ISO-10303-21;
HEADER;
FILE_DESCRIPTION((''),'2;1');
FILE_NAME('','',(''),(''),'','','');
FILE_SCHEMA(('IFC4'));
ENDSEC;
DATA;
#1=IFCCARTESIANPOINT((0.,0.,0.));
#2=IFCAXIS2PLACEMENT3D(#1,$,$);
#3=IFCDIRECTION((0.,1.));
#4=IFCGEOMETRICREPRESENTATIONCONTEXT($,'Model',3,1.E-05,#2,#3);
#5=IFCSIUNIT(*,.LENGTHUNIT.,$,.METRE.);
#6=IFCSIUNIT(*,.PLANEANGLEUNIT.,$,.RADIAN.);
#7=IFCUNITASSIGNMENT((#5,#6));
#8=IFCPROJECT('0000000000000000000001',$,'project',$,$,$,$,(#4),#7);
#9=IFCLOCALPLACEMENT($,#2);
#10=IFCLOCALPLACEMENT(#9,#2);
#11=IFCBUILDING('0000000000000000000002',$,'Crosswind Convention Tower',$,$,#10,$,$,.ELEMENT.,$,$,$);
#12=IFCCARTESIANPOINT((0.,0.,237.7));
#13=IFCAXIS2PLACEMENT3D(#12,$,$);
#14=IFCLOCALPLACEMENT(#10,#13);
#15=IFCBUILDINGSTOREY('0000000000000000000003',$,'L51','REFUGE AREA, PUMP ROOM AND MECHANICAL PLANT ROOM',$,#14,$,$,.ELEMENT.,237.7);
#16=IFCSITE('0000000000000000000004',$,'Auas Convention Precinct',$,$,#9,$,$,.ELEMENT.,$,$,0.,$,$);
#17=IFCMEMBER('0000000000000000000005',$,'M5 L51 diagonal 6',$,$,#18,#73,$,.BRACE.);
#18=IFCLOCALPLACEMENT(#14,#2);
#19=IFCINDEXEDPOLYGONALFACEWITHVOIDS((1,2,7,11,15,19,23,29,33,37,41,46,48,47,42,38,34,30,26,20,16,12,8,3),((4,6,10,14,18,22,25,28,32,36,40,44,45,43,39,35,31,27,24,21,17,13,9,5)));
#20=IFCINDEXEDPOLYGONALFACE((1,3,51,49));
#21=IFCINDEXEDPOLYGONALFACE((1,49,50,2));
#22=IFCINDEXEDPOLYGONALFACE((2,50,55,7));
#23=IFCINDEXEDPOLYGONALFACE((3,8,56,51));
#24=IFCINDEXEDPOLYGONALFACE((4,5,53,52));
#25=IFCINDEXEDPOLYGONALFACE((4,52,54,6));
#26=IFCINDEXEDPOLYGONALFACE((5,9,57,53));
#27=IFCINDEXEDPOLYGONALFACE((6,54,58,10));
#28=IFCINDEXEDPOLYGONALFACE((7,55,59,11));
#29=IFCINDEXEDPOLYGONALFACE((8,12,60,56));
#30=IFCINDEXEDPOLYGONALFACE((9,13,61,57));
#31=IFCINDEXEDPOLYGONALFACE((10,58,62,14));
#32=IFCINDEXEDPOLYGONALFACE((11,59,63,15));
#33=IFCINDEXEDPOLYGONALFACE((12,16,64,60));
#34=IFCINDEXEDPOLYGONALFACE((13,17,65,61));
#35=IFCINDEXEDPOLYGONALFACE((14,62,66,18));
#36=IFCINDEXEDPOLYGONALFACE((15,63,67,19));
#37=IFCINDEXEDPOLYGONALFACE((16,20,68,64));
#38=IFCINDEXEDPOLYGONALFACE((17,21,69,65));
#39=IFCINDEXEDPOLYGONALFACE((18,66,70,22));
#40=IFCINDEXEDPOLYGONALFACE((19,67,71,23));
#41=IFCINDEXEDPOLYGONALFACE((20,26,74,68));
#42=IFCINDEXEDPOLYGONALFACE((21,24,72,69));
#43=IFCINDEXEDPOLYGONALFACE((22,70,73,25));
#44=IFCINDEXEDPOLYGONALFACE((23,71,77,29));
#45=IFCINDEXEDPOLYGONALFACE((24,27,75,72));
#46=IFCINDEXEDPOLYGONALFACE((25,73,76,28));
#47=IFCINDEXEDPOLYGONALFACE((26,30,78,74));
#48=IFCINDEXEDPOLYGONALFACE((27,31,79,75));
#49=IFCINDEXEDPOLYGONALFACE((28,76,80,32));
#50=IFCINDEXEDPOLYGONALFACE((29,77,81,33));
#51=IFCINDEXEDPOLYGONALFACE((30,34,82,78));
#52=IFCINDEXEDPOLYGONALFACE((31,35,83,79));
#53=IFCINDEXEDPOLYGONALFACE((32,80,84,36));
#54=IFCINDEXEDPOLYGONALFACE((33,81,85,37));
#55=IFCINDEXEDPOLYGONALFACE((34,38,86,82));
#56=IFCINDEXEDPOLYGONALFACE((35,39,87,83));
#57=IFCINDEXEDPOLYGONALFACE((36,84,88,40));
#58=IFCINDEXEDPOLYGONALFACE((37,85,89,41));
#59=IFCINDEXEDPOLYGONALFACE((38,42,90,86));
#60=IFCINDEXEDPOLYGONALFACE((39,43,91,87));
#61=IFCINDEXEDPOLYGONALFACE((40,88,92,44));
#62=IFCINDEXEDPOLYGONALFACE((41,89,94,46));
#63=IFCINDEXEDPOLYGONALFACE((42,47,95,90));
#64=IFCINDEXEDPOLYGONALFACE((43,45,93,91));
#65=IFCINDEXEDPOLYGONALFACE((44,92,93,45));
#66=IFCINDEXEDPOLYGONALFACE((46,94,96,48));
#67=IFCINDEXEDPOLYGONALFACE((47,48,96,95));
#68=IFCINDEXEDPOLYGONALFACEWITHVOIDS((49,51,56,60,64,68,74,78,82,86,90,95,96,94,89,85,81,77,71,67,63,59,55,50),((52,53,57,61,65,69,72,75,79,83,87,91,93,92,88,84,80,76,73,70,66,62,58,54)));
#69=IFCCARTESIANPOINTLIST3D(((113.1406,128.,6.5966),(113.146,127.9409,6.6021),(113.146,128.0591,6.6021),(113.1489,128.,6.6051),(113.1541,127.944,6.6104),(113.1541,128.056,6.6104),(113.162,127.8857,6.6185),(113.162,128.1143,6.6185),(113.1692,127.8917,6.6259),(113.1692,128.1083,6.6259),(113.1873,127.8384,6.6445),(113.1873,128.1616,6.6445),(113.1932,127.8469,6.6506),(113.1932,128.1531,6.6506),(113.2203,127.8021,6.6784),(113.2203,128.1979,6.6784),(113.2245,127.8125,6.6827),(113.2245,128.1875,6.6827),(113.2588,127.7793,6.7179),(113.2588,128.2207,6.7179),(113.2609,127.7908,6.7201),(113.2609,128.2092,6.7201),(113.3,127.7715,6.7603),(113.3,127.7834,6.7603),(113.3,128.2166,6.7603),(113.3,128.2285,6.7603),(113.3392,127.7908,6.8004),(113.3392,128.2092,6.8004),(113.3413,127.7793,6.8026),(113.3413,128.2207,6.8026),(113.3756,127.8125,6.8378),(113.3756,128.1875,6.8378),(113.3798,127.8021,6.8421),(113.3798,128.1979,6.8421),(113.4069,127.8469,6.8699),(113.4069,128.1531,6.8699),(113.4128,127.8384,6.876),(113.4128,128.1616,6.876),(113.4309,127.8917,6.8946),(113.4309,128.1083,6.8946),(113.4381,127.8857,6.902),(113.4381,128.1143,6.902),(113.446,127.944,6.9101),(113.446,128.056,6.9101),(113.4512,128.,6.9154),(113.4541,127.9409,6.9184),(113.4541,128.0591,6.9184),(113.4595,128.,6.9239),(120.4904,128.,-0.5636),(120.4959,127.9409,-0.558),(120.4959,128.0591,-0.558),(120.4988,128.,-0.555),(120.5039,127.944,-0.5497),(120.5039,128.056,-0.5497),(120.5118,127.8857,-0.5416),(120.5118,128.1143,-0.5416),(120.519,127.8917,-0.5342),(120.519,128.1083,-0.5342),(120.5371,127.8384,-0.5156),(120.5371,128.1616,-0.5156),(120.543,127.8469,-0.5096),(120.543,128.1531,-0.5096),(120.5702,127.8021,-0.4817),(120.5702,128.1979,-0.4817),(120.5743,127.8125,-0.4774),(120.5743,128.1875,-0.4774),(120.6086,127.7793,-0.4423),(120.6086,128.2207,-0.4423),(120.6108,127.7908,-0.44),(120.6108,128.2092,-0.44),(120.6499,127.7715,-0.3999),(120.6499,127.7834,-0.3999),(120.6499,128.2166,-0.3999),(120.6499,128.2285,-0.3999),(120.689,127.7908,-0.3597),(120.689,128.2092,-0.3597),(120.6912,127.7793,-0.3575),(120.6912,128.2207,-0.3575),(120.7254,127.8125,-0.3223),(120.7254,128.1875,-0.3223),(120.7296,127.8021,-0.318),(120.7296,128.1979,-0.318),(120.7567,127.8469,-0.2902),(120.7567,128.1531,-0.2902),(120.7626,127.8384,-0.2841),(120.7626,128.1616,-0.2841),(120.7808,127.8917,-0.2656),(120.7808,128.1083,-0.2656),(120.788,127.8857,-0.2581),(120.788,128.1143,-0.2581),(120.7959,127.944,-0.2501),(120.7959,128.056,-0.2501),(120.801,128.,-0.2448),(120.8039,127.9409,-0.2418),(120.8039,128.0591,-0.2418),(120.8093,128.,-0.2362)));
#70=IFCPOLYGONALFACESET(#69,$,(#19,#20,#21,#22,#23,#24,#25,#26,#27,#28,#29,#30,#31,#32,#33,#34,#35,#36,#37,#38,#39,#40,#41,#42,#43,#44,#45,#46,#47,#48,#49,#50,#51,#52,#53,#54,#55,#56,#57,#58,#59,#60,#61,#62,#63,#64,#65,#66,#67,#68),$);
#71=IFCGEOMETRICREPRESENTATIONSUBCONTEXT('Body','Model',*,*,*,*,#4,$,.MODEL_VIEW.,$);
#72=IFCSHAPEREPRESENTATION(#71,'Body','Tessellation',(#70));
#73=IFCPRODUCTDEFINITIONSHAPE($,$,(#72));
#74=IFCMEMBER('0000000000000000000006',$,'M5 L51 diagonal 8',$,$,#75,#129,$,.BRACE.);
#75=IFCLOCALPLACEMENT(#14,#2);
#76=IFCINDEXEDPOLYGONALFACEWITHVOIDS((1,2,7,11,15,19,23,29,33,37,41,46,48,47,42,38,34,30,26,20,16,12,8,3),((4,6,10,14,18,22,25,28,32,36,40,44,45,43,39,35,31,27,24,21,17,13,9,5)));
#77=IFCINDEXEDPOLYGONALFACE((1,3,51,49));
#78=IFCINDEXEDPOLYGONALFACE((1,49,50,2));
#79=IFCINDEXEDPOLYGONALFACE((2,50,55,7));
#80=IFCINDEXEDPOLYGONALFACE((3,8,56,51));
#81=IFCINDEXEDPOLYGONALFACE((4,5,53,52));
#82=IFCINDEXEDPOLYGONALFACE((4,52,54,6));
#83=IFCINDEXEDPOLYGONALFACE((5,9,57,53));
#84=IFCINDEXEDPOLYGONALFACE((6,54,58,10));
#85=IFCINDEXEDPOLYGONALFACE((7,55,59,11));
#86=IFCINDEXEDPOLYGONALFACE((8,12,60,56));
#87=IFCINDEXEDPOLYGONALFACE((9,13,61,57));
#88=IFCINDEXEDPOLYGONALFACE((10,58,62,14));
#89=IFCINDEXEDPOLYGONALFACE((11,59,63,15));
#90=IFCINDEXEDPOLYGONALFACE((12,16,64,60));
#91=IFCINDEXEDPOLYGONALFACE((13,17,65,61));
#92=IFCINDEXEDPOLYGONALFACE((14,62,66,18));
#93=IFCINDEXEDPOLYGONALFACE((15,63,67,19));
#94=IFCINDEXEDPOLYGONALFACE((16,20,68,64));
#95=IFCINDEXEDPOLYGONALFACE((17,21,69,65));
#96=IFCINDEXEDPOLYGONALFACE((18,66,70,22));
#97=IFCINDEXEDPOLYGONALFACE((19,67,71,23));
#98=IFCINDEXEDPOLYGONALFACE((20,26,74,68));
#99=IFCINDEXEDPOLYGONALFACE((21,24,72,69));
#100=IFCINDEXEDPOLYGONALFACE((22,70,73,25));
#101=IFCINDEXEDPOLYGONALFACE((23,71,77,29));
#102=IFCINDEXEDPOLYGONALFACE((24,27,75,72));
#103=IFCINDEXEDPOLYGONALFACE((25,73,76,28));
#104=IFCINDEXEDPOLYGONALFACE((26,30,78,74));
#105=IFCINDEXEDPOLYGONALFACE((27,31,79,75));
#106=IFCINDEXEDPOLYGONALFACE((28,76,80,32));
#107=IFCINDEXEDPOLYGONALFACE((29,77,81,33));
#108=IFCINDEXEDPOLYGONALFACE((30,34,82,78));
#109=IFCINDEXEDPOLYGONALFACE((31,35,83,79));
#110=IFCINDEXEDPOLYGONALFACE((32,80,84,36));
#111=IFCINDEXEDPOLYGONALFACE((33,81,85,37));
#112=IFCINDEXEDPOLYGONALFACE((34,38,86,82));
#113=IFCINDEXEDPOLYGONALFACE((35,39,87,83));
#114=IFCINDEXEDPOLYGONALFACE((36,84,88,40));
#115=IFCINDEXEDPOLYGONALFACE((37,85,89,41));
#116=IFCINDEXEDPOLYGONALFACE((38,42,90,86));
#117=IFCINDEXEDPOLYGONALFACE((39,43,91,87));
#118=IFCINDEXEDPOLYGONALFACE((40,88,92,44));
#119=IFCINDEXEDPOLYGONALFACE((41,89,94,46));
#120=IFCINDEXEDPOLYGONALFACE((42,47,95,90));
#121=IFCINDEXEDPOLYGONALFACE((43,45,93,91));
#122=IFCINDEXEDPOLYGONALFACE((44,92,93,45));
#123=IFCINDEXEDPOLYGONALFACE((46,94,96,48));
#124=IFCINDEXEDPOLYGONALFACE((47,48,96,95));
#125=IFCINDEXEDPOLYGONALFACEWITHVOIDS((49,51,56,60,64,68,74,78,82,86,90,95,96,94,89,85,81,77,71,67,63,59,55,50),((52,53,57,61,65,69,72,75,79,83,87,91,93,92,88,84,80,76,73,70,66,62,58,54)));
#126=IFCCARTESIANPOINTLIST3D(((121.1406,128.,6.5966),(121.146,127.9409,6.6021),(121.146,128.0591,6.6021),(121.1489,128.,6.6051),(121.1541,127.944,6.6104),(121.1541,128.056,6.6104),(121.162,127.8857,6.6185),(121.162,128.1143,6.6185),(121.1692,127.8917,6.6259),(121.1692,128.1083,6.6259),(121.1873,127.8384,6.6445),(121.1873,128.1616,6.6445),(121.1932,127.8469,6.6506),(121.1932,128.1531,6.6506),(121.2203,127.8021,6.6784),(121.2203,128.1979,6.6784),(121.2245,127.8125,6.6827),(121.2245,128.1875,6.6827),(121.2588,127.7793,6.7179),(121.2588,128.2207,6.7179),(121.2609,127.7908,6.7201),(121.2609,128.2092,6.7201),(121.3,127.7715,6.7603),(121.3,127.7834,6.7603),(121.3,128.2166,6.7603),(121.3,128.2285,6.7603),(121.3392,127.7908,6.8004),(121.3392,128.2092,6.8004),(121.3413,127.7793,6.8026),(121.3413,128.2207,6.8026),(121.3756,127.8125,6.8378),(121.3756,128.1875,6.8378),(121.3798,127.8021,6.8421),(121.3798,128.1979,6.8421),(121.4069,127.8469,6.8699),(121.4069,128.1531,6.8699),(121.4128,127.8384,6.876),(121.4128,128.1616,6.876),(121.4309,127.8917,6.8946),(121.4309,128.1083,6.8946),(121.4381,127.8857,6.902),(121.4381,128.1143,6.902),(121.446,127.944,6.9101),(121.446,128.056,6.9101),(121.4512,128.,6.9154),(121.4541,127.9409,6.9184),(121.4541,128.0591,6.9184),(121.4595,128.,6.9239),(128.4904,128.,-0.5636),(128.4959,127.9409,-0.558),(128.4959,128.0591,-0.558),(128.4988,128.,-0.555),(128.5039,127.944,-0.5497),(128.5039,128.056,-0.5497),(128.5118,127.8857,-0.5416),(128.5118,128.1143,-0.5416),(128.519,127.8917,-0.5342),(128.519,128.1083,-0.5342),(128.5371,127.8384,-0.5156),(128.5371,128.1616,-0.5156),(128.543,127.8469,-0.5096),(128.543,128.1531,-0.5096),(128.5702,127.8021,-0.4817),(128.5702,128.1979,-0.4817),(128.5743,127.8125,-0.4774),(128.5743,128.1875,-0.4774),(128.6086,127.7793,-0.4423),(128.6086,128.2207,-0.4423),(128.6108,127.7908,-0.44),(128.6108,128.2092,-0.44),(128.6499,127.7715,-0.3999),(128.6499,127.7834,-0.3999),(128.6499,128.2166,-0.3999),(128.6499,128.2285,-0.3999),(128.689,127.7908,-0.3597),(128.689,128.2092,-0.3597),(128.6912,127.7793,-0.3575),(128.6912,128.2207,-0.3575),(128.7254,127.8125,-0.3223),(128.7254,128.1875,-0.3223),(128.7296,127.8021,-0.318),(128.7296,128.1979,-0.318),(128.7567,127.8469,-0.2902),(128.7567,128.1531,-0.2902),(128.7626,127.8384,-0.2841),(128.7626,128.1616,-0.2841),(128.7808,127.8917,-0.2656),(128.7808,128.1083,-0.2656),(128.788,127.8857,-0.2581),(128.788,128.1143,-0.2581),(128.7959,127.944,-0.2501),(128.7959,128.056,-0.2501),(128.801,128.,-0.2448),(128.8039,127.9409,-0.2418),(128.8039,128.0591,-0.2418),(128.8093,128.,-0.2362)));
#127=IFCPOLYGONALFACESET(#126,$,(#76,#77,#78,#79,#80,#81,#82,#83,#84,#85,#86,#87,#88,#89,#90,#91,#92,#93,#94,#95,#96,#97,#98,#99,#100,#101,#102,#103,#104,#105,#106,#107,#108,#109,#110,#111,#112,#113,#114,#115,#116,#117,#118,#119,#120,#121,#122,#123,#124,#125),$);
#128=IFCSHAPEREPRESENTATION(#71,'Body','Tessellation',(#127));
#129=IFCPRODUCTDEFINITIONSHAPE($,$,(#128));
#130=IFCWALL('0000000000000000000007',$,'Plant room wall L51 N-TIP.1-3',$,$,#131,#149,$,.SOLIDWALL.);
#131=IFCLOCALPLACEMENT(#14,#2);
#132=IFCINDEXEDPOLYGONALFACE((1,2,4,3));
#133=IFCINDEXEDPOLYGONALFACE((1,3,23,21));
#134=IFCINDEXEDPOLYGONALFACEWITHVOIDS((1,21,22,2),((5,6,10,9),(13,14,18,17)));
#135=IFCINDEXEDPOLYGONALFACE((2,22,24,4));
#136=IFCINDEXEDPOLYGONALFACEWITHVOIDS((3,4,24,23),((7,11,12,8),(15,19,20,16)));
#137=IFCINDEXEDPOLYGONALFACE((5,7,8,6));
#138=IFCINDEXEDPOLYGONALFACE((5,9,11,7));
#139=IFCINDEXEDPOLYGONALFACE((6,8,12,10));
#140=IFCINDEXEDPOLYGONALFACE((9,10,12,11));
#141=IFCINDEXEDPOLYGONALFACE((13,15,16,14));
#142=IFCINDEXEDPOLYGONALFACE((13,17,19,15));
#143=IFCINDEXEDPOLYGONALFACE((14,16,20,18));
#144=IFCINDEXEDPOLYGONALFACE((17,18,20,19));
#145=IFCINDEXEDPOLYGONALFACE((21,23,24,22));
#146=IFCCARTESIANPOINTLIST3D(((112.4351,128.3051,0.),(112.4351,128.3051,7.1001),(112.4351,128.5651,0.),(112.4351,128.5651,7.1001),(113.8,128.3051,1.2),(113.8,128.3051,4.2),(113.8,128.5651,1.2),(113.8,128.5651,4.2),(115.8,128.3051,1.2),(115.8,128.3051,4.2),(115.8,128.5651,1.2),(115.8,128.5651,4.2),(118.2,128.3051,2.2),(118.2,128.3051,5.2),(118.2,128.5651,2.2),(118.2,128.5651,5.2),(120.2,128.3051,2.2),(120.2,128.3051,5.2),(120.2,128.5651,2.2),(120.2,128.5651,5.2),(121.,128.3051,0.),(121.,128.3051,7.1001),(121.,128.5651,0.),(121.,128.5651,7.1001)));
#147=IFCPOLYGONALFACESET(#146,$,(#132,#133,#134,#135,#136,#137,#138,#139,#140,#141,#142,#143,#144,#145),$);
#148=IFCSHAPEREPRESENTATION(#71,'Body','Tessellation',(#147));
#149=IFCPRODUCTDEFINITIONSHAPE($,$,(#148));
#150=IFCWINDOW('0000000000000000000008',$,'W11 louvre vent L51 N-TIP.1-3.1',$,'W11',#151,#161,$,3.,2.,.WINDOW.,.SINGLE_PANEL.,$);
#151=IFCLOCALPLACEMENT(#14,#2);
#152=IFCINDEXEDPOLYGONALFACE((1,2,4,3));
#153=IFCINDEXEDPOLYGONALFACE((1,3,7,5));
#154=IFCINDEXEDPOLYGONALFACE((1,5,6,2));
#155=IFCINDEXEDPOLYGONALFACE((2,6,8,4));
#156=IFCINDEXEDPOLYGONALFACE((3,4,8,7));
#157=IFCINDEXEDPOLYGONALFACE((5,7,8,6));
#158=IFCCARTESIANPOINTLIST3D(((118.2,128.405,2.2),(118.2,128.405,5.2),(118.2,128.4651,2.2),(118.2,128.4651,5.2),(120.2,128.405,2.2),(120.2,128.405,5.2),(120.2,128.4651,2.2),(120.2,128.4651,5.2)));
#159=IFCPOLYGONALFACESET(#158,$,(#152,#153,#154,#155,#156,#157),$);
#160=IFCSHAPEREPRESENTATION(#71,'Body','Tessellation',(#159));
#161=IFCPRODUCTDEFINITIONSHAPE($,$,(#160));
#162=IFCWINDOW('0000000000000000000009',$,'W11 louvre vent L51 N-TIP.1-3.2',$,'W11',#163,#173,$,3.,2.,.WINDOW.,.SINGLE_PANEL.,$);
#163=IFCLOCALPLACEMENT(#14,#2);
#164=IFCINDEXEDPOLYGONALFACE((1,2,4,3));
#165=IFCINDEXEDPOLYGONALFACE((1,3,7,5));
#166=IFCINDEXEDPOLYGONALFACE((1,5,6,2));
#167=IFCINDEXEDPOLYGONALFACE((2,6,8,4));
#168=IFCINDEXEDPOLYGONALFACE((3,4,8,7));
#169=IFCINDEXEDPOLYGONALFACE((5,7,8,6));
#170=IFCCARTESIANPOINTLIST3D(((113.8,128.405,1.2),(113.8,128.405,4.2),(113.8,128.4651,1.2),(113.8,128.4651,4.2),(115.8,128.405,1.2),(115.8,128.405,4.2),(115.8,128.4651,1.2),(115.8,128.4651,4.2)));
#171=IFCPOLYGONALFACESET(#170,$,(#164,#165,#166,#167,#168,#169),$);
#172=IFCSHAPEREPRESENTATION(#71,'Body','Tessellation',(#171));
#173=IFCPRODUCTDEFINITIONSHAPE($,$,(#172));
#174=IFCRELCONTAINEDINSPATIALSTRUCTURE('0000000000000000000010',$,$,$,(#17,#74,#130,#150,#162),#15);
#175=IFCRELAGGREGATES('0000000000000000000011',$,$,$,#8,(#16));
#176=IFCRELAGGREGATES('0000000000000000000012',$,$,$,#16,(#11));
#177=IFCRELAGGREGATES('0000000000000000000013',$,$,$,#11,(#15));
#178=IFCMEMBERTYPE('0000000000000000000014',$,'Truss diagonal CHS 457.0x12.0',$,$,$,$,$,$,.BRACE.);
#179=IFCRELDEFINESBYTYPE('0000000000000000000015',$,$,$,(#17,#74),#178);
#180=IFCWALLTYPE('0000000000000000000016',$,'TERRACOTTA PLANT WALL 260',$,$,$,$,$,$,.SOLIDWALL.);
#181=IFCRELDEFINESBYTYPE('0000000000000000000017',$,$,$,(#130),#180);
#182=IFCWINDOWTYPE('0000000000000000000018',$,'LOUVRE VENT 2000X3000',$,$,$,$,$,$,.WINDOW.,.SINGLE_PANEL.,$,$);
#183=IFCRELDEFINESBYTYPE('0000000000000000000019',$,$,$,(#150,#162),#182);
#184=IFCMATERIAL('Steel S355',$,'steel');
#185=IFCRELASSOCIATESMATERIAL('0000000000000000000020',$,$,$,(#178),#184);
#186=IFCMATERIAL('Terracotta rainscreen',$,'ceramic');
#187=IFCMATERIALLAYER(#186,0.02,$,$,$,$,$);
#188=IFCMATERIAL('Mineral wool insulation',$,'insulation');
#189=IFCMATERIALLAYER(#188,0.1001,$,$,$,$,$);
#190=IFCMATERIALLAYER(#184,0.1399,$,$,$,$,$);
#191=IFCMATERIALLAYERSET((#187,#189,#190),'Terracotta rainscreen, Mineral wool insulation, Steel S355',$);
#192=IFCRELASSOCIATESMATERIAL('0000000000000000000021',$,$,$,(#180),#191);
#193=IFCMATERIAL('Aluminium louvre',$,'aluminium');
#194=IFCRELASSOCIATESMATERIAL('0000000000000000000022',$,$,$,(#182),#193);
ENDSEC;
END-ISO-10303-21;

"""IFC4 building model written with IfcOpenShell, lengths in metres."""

from ifc_helpers import new_model, si_unit, direction, frame, frame_2d, origin, origin_2d, place, context, subcontext, project, spatial, rectangle, hollow_circle, extrude, material, layer, layer_set, material_profile, profile_set, type_object, element, fill, save


model = new_model("IFC4")

# Units and contexts
model_context = context("Model", 3, precision=1e-05, world=origin(), true_north=direction((0.0, 1.0)))
body_context = subcontext(model_context, "Body", "Model", "MODEL_VIEW")
ifc_project = project(units=[si_unit("LENGTHUNIT", "METRE"), si_unit("PLANEANGLEUNIT", "RADIAN")], contexts=[model_context])

# Site, building, storey
site_placement = place(None, origin())
site = spatial("IfcSite", under=ifc_project, at=site_placement, Name="Auas Convention Precinct", CompositionType="ELEMENT", RefElevation=0.0)
building_placement = place(site_placement, origin())
building = spatial("IfcBuilding", under=site, at=building_placement, Name="Crosswind Convention Tower", CompositionType="ELEMENT")
storey_placement = place(building_placement, frame((0.0, 0.0, 237.7)))
storey = spatial("IfcBuildingStorey", under=building, at=storey_placement, Name="L51", Description="REFUGE AREA, PUMP ROOM AND MECHANICAL PLANT ROOM", CompositionType="ELEMENT", Elevation=237.7)

# Members
ifc_material_1 = material(Name="Steel S355", Category="steel")
ifc_material_profile_1 = material_profile(ifc_material_1, hollow_circle(Radius=0.2285, WallThickness=0.012, at=origin_2d()), Name="CHS 457.0x12.0")
ifc_profile_set_1 = profile_set([ifc_material_profile_1], Name="Steel S355")
member_type_1 = type_object("IfcMemberType", Name="Truss diagonal CHS 457.0x12.0", PredefinedType="BRACE", material=ifc_profile_set_1)
for number, where, z_axis, x_axis, name in (
    (1, (113.3, 128.0, 6.7603), (0.71629, 0.0, -0.697803), (0.0, 1.0, 0.0), "M5 L51 diagonal 6"),
    (2, (121.3, 128.0, 6.7603), (0.71629, 0.0, -0.697803), (0.0, 1.0, 0.0), "M5 L51 diagonal 8"),
):
    element("IfcMember", number, at=place(storey_placement, frame(where, z_axis=z_axis, x_axis=x_axis)), inside=storey, type_object=member_type_1, Name=name, PredefinedType="BRACE", context=body_context, shape_type="SweptSolid", body=[
        extrude(hollow_circle(Radius=0.2285, WallThickness=0.012, at=origin_2d()), origin(), (0.0, 0.0, 1.0), 10.261),
    ])

# Wall, openings, windows
ifc_material_2 = material(Name="Terracotta rainscreen", Category="ceramic")
ifc_layer_1 = layer(ifc_material_2, 0.02)
ifc_material_3 = material(Name="Mineral wool insulation", Category="insulation")
ifc_layer_2 = layer(ifc_material_3, 0.1001)
ifc_layer_3 = layer(ifc_material_1, 0.1399)
ifc_layer_set_1 = layer_set([ifc_layer_1, ifc_layer_2, ifc_layer_3], Name="Terracotta rainscreen, Mineral wool insulation, Steel S355")
wall_type = type_object("IfcWallType", Name="TERRACOTTA PLANT WALL 260", PredefinedType="SOLIDWALL", material=ifc_layer_set_1)
wall_1_placement = place(storey_placement, frame((121.0, 128.4351, 0.0), z_axis=(0.0, 0.0, 1.0), x_axis=(-1.0, 0.0, 0.0)))
wall_1 = element("IfcWall", 3, at=wall_1_placement, inside=storey, type_object=wall_type, Name="Plant room wall L51 N-TIP.1-3", PredefinedType="SOLIDWALL", context=body_context, shape_type="SweptSolid", body=[
    extrude(rectangle(XDim=8.5649, YDim=0.26, at=frame_2d((4.2825, 0.0))), origin(), (0.0, 0.0, 1.0), 7.1001),
])
opening_1_placement = place(wall_1_placement, frame((0.8, 0.0, 2.2)))
opening_1 = element("IfcOpeningElement", 4, at=opening_1_placement, cuts=wall_1, PredefinedType="OPENING", context=body_context, shape_type="SweptSolid", body=[
    extrude(rectangle(XDim=2.0, YDim=3.0, at=frame_2d((1.0, 1.5))), frame((0.0, 0.1399, 0.0), z_axis=(0.0, -1.0, 0.0), x_axis=(1.0, 0.0, 0.0)), (0.0, 0.0, 1.0), 0.28),
])
opening_2_placement = place(wall_1_placement, frame((5.2, 0.0, 1.2)))
opening_2 = element("IfcOpeningElement", 5, at=opening_2_placement, cuts=wall_1, PredefinedType="OPENING", context=body_context, shape_type="SweptSolid", body=[
    extrude(rectangle(XDim=2.0, YDim=3.0, at=frame_2d((1.0, 1.5))), frame((0.0, 0.1399, 0.0), z_axis=(0.0, -1.0, 0.0), x_axis=(1.0, 0.0, 0.0)), (0.0, 0.0, 1.0), 0.28),
])
ifc_material_4 = material(Name="Aluminium louvre", Category="aluminium")
window_type = type_object("IfcWindowType", Name="LOUVRE VENT 2000X3000", PartitioningType="SINGLE_PANEL", PredefinedType="WINDOW", material=ifc_material_4)
window_1_placement = place(opening_1_placement, origin())
window_1 = element("IfcWindow", 6, at=window_1_placement, inside=storey, type_object=window_type, Name="W11 louvre vent L51 N-TIP.1-3.1", ObjectType="W11", OverallHeight=3.0, OverallWidth=2.0, PartitioningType="SINGLE_PANEL", PredefinedType="WINDOW", context=body_context, shape_type="SweptSolid", body=[
    extrude(rectangle(XDim=2.0, YDim=3.0, at=frame_2d((1.0, 1.5))), frame((0.0, 0.03, 0.0), z_axis=(0.0, -1.0, 0.0), x_axis=(1.0, 0.0, 0.0)), (0.0, 0.0, 1.0), 0.0601),
])
fill(opening_1, window_1)
window_2_placement = place(opening_2_placement, origin())
window_2 = element("IfcWindow", 7, at=window_2_placement, inside=storey, type_object=window_type, Name="W11 louvre vent L51 N-TIP.1-3.2", ObjectType="W11", OverallHeight=3.0, OverallWidth=2.0, PartitioningType="SINGLE_PANEL", PredefinedType="WINDOW", context=body_context, shape_type="SweptSolid", body=[
    extrude(rectangle(XDim=2.0, YDim=3.0, at=frame_2d((1.0, 1.5))), frame((0.0, 0.03, 0.0), z_axis=(0.0, -1.0, 0.0), x_axis=(1.0, 0.0, 0.0)), (0.0, 0.0, 1.0), 0.0601),
])
fill(opening_2, window_2)

save(model, "model.ifc")
